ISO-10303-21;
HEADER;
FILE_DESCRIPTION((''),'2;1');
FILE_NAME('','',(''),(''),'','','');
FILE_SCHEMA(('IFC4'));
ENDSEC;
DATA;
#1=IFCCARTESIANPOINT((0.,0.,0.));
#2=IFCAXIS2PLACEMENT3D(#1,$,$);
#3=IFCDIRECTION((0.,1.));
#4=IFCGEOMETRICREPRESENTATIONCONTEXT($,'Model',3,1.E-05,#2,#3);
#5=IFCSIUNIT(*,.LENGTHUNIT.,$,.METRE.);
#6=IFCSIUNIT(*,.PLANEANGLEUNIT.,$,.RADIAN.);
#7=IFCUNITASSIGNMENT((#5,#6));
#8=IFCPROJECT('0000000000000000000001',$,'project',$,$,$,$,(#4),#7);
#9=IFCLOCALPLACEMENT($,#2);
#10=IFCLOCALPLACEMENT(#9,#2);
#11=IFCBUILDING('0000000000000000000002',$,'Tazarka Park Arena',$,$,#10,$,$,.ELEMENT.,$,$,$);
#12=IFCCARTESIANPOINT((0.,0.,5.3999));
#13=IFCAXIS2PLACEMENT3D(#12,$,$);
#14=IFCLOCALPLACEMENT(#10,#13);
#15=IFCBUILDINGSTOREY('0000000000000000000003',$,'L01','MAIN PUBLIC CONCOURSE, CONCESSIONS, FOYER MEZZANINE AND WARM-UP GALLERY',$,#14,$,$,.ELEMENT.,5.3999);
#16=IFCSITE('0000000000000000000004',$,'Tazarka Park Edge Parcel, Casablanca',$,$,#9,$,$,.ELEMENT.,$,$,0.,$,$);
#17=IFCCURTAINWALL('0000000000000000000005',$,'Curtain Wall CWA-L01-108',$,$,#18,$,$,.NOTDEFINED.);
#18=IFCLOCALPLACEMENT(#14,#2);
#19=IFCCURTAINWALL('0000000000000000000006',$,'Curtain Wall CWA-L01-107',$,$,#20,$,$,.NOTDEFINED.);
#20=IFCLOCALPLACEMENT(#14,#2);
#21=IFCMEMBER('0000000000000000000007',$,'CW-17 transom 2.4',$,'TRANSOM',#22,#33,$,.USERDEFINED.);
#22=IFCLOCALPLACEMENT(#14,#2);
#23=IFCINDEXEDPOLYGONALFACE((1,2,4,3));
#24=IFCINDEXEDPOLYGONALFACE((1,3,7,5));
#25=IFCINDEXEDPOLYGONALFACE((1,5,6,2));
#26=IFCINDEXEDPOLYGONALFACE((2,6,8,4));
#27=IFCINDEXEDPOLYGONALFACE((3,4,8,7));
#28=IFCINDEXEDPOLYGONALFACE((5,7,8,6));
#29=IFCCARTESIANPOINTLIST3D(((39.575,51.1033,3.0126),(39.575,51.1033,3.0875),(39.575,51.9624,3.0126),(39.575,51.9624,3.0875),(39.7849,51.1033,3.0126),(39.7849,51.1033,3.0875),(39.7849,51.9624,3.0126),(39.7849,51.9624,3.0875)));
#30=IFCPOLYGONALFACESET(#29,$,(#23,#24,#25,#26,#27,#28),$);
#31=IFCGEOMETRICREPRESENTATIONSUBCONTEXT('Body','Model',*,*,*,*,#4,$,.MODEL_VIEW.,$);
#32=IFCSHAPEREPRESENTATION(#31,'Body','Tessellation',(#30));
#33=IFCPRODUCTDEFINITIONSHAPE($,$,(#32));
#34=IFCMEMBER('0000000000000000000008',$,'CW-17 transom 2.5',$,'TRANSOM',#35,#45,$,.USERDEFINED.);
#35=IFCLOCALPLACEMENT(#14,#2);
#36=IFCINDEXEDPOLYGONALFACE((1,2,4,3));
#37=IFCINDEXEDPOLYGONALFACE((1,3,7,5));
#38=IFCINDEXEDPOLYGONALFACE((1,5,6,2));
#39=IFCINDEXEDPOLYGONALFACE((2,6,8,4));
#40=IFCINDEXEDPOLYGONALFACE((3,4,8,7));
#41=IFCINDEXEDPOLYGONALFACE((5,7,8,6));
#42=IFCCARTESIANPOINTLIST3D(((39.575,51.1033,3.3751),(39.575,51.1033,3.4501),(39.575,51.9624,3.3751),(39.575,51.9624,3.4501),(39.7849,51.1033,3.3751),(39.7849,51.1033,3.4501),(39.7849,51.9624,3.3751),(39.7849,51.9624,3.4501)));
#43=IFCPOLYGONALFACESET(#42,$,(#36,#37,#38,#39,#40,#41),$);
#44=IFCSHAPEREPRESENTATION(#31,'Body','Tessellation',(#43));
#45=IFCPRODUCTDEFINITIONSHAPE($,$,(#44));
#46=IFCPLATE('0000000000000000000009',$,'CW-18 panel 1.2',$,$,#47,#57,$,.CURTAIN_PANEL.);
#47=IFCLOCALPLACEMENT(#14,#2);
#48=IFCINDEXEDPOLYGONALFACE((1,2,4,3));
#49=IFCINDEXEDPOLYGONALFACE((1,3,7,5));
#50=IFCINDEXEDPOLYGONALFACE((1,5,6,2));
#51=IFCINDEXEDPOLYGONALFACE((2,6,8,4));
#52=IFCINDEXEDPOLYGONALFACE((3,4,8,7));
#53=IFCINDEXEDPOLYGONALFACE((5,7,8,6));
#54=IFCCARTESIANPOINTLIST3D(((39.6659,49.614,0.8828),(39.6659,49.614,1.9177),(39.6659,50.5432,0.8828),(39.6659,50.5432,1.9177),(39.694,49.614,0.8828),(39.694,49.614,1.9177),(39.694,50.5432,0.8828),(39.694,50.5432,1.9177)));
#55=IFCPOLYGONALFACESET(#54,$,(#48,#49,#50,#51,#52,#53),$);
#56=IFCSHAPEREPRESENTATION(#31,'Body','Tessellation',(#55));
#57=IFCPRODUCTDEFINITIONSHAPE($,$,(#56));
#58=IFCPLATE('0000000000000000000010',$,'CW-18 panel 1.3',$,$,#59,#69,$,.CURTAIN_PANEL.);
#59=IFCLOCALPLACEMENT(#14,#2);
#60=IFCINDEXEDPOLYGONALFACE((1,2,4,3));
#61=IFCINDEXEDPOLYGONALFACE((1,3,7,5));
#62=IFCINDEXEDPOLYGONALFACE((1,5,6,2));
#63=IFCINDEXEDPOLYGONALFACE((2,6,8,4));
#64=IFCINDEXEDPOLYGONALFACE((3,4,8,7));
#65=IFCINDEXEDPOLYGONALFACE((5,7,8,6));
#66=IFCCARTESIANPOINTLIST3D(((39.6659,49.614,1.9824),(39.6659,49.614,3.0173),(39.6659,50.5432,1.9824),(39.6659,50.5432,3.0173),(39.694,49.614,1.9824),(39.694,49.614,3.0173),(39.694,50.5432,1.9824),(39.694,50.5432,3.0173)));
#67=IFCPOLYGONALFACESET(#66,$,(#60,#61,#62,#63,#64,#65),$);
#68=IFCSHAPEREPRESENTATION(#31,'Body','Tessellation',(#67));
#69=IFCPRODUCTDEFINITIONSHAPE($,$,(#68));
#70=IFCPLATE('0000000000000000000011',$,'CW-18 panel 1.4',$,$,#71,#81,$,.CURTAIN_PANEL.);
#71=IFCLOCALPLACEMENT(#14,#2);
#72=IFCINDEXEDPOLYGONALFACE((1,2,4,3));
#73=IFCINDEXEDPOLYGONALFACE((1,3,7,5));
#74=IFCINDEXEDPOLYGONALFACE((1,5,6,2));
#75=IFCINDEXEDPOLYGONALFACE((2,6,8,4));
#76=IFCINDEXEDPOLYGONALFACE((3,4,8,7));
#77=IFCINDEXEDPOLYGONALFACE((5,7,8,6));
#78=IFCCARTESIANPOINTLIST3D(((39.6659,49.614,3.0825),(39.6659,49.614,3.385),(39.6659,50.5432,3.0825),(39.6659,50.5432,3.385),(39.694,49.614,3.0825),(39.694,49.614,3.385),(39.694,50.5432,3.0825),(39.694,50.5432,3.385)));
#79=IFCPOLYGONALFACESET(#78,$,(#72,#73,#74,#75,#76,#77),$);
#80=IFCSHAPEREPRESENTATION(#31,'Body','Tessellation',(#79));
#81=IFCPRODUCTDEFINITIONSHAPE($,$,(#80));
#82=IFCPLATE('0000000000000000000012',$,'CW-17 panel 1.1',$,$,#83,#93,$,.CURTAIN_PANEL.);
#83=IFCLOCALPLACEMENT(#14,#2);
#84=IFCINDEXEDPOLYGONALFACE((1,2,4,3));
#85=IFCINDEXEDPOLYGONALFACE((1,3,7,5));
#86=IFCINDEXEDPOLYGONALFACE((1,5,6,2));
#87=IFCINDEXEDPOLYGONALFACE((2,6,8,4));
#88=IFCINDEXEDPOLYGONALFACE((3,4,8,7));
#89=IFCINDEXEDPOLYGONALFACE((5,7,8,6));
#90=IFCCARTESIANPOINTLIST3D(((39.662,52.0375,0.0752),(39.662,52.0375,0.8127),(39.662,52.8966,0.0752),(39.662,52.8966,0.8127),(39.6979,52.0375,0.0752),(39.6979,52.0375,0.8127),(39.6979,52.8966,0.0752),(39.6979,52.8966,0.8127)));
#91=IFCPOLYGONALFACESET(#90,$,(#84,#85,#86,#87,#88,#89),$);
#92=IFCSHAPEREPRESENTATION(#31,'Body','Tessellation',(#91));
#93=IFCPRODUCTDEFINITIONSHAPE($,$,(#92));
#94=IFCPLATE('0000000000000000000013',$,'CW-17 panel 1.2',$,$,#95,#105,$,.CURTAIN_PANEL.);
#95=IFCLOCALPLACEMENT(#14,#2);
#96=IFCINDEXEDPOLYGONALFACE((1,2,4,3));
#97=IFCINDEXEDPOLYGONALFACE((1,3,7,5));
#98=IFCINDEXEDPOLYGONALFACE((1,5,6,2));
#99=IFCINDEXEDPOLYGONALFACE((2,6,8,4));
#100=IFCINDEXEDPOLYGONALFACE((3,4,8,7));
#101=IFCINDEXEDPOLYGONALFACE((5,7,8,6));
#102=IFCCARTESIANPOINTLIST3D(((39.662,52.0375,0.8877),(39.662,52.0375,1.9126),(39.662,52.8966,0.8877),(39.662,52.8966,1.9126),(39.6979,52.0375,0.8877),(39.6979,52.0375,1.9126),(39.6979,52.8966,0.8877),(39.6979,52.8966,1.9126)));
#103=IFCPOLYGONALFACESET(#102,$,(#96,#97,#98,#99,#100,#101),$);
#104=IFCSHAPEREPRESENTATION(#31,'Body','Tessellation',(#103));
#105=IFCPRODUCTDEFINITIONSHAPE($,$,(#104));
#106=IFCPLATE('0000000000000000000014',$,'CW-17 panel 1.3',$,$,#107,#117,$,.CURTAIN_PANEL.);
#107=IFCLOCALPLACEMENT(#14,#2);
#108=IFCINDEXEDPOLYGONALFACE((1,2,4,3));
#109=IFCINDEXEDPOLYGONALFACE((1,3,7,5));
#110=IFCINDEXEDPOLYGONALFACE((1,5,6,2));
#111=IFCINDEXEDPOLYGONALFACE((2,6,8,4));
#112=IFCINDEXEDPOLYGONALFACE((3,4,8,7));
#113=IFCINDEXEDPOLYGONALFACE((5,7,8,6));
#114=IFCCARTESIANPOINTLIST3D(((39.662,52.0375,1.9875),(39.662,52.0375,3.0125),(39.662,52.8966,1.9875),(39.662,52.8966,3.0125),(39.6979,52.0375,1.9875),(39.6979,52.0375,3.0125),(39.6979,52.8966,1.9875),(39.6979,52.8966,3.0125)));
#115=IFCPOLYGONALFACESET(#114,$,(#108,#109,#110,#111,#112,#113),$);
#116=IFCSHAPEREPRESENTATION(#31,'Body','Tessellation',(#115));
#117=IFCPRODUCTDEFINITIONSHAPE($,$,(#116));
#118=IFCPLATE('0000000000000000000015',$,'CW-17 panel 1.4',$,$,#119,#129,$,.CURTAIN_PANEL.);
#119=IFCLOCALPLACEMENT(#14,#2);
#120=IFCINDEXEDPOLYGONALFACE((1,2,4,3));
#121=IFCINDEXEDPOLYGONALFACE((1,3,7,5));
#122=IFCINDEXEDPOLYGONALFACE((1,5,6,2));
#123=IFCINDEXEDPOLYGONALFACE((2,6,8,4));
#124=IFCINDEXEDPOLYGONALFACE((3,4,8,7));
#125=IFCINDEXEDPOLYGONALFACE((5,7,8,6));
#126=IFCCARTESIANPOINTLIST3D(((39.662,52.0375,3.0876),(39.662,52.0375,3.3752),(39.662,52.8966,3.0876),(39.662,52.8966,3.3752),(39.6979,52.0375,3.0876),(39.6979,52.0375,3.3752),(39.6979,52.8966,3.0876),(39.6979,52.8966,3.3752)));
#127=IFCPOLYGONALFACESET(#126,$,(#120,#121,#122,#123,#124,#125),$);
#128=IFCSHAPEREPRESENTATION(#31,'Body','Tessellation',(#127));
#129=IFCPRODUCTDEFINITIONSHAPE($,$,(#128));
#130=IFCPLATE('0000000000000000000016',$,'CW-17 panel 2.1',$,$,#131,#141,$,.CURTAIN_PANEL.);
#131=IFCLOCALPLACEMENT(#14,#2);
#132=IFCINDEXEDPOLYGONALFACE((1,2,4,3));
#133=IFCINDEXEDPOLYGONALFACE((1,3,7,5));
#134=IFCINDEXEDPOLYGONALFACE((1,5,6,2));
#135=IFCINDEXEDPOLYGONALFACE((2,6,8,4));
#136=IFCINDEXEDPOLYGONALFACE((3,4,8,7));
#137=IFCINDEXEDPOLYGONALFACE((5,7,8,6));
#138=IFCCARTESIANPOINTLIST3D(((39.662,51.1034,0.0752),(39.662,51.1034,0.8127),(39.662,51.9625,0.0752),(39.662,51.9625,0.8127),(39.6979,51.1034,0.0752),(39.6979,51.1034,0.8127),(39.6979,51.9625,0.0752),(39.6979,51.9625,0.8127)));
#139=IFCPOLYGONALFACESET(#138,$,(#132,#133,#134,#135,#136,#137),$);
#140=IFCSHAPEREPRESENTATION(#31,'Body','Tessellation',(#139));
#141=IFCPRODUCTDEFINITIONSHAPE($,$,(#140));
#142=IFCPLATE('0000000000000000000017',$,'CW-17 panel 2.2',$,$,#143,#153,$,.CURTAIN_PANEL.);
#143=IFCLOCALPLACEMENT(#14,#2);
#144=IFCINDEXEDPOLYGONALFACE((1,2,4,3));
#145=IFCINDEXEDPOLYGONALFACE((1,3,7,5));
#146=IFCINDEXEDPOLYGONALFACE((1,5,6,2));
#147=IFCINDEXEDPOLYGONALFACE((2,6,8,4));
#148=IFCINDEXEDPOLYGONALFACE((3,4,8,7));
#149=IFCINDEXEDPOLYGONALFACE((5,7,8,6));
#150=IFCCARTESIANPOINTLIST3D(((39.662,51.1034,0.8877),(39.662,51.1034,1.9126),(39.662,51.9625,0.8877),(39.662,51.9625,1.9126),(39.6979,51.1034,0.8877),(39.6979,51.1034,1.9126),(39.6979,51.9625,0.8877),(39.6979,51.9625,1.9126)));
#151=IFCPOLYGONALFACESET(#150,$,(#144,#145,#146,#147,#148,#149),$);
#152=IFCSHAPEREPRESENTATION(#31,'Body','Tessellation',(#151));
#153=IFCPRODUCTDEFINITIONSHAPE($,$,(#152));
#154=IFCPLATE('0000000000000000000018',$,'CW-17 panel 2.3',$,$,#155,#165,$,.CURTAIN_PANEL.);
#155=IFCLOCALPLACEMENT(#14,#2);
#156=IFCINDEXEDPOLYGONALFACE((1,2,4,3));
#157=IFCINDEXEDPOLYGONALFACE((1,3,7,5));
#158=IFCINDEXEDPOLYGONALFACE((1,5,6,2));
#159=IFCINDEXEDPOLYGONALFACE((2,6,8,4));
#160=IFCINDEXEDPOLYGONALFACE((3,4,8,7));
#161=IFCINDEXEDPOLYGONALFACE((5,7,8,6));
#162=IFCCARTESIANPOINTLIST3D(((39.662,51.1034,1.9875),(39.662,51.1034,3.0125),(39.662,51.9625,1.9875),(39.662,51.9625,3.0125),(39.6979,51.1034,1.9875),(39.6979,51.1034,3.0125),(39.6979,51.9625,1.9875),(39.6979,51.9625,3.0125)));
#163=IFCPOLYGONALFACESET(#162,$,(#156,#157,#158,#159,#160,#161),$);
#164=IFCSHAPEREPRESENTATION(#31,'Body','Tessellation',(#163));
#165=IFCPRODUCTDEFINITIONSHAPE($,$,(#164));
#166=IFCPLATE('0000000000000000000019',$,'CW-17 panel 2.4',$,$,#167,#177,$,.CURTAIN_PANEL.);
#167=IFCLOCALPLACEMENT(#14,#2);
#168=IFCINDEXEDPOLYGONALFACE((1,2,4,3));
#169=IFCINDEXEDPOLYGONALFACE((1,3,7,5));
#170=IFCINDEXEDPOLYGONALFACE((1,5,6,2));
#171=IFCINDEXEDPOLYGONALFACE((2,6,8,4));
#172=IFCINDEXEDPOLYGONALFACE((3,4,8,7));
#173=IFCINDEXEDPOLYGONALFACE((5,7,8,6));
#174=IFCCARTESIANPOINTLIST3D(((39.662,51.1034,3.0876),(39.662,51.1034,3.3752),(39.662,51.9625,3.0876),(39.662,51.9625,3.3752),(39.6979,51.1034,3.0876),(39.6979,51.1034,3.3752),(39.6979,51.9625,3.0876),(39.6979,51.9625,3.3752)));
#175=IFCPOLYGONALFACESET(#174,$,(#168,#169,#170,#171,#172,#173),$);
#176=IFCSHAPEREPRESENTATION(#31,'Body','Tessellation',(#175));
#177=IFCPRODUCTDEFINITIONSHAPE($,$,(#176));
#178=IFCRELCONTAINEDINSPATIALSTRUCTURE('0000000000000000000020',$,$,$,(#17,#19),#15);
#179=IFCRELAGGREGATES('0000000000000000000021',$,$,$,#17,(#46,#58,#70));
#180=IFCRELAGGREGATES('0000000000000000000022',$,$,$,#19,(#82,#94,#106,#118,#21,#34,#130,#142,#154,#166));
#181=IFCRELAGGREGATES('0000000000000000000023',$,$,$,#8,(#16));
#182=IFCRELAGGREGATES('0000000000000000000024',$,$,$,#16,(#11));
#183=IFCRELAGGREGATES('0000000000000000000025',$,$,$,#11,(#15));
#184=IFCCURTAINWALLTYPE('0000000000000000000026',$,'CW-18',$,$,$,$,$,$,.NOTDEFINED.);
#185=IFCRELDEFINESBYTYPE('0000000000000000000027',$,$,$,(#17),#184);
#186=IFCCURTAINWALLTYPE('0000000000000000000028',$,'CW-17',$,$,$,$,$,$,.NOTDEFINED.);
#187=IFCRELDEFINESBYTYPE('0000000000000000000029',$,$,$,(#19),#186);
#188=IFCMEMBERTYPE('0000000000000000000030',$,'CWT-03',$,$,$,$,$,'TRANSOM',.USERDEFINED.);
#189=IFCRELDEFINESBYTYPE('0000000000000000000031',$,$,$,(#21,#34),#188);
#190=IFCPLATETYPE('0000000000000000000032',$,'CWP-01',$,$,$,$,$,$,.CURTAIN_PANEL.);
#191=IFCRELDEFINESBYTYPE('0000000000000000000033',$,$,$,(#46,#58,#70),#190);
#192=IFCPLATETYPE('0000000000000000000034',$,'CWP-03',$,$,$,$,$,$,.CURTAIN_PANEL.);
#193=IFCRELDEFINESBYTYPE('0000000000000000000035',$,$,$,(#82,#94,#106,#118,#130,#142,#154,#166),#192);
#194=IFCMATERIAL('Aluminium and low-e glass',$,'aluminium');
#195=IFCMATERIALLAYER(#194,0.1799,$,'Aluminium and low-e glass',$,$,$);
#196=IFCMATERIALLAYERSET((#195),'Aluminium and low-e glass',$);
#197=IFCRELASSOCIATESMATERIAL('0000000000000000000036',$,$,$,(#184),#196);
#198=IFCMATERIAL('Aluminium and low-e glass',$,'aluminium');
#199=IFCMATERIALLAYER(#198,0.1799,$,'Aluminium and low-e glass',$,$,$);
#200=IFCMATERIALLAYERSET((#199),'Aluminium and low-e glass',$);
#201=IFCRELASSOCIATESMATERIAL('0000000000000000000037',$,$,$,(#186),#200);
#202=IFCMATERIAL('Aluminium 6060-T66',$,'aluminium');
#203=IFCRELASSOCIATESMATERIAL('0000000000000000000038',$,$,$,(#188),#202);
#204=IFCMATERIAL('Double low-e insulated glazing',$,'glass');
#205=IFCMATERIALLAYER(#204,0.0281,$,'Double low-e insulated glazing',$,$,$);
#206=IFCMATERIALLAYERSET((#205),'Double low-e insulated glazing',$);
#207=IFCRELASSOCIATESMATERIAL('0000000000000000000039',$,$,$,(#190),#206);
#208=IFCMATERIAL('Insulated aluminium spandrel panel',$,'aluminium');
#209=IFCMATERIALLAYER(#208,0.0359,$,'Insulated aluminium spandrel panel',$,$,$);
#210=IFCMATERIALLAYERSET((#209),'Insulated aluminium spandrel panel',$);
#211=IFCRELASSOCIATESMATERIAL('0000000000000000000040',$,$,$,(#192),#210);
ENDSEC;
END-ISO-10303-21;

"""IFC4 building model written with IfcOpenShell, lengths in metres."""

from ifc_helpers import new_model, si_unit, direction, frame, origin, origin_2d, place, context, subcontext, project, spatial, rectangle, extrude, material, layer, layer_set, material_profile, profile_set, type_object, element, aggregate, save


model = new_model("IFC4")

# Units and contexts
model_context = context("Model", 3, precision=1e-05, world=origin(), true_north=direction((0.0, 1.0)))
body_context = subcontext(model_context, "Body", "Model", "MODEL_VIEW")
ifc_project = project(units=[si_unit("LENGTHUNIT", "METRE"), si_unit("PLANEANGLEUNIT", "RADIAN")], contexts=[model_context])

# Site, building, storey
site_placement = place(None, origin())
site = spatial("IfcSite", under=ifc_project, at=site_placement, Name="Tazarka Park Edge Parcel, Casablanca", CompositionType="ELEMENT", RefElevation=0.0)
building_placement = place(site_placement, origin())
building = spatial("IfcBuilding", under=site, at=building_placement, Name="Tazarka Park Arena", CompositionType="ELEMENT")
storey_placement = place(building_placement, frame((0.0, 0.0, 5.3999)))
storey = spatial("IfcBuildingStorey", under=building, at=storey_placement, Name="L01", Description="MAIN PUBLIC CONCOURSE, CONCESSIONS, FOYER MEZZANINE AND WARM-UP GALLERY", CompositionType="ELEMENT", Elevation=5.3999)

# Curtain wall
ifc_material_1 = material(Name="Aluminium and low-e glass", Category="aluminium")
ifc_layer_1 = layer(ifc_material_1, 0.1799, Name="Aluminium and low-e glass")
ifc_layer_set_1 = layer_set([ifc_layer_1], Name="Aluminium and low-e glass")
curtain_wall_type_1 = type_object("IfcCurtainWallType", Name="CW-18", PredefinedType="NOTDEFINED", material=ifc_layer_set_1)
curtain_wall_1_placement = place(storey_placement, origin())
curtain_wall_1 = element("IfcCurtainWall", 1, at=curtain_wall_1_placement, inside=storey, type_object=curtain_wall_type_1, Name="Curtain Wall CWA-L01-108", PredefinedType="NOTDEFINED")

# Curtain wall
ifc_material_2 = material(Name="Aluminium and low-e glass", Category="aluminium")
ifc_layer_2 = layer(ifc_material_2, 0.1799, Name="Aluminium and low-e glass")
ifc_layer_set_2 = layer_set([ifc_layer_2], Name="Aluminium and low-e glass")
curtain_wall_type_2 = type_object("IfcCurtainWallType", Name="CW-17", PredefinedType="NOTDEFINED", material=ifc_layer_set_2)
curtain_wall_2_placement = place(storey_placement, origin())
curtain_wall_2 = element("IfcCurtainWall", 2, at=curtain_wall_2_placement, inside=storey, type_object=curtain_wall_type_2, Name="Curtain Wall CWA-L01-107", PredefinedType="NOTDEFINED")

# Members
ifc_material_3 = material(Name="Aluminium 6060-T66", Category="aluminium")
ifc_material_profile_1 = material_profile(ifc_material_3, rectangle(XDim=0.21, YDim=0.075, at=origin_2d()), Name="Aluminium 6060-T66")
ifc_profile_set_1 = profile_set([ifc_material_profile_1], Name="Aluminium 6060-T66")
member_type_1 = type_object("IfcMemberType", Name="CWT-03", ElementType="TRANSOM", PredefinedType="USERDEFINED", material=ifc_profile_set_1)
member_1_placement = place(storey_placement, frame((39.6799, 51.9624, 3.05), z_axis=(0.0, -1.0, 0.0), x_axis=(1.0, 0.0, 0.0)))
member_1 = element("IfcMember", 3, at=member_1_placement, type_object=member_type_1, Name="CW-17 transom 2.4", ObjectType="TRANSOM", PredefinedType="USERDEFINED", context=body_context, shape_type="SweptSolid", body=[
    extrude(rectangle(XDim=0.21, YDim=0.075, at=origin_2d()), origin(), (0.0, 0.0, 1.0), 0.8591),
])
member_2_placement = place(storey_placement, frame((39.6799, 51.9624, 3.4126), z_axis=(0.0, -1.0, 0.0), x_axis=(1.0, 0.0, 0.0)))
member_2 = element("IfcMember", 4, at=member_2_placement, type_object=member_type_1, Name="CW-17 transom 2.5", ObjectType="TRANSOM", PredefinedType="USERDEFINED", context=body_context, shape_type="SweptSolid", body=[
    extrude(rectangle(XDim=0.21, YDim=0.075, at=origin_2d()), origin(), (0.0, 0.0, 1.0), 0.8591),
])

# Plates
ifc_material_4 = material(Name="Double low-e insulated glazing", Category="glass")
ifc_layer_3 = layer(ifc_material_4, 0.0281, Name="Double low-e insulated glazing")
ifc_layer_set_3 = layer_set([ifc_layer_3], Name="Double low-e insulated glazing")
plate_type_1 = type_object("IfcPlateType", Name="CWP-01", PredefinedType="CURTAIN_PANEL", material=ifc_layer_set_3)
plate_1_placement = place(storey_placement, frame((39.6799, 50.0786, 0.8828), z_axis=(0.0, 0.0, 1.0), x_axis=(0.0, -1.0, 0.0)))
plate_1 = element("IfcPlate", 5, at=plate_1_placement, type_object=plate_type_1, Name="CW-18 panel 1.2", PredefinedType="CURTAIN_PANEL", context=body_context, shape_type="SweptSolid", body=[
    extrude(rectangle(XDim=0.9292, YDim=0.0281, at=origin_2d()), origin(), (0.0, 0.0, 1.0), 1.0349),
])
plate_2_placement = place(storey_placement, frame((39.6799, 50.0786, 1.9824), z_axis=(0.0, 0.0, 1.0), x_axis=(0.0, -1.0, 0.0)))
plate_2 = element("IfcPlate", 6, at=plate_2_placement, type_object=plate_type_1, Name="CW-18 panel 1.3", PredefinedType="CURTAIN_PANEL", context=body_context, shape_type="SweptSolid", body=[
    extrude(rectangle(XDim=0.9292, YDim=0.0281, at=origin_2d()), origin(), (0.0, 0.0, 1.0), 1.0349),
])
plate_3_placement = place(storey_placement, frame((39.6799, 50.0786, 3.0825), z_axis=(0.0, 0.0, 1.0), x_axis=(0.0, -1.0, 0.0)))
plate_3 = element("IfcPlate", 7, at=plate_3_placement, type_object=plate_type_1, Name="CW-18 panel 1.4", PredefinedType="CURTAIN_PANEL", context=body_context, shape_type="SweptSolid", body=[
    extrude(rectangle(XDim=0.9292, YDim=0.0281, at=origin_2d()), origin(), (0.0, 0.0, 1.0), 0.3025),
])
aggregate(curtain_wall_1, [plate_1, plate_2, plate_3])
ifc_material_5 = material(Name="Insulated aluminium spandrel panel", Category="aluminium")
ifc_layer_4 = layer(ifc_material_5, 0.0359, Name="Insulated aluminium spandrel panel")
ifc_layer_set_4 = layer_set([ifc_layer_4], Name="Insulated aluminium spandrel panel")
plate_type_2 = type_object("IfcPlateType", Name="CWP-03", PredefinedType="CURTAIN_PANEL", material=ifc_layer_set_4)
plate_4_placement = place(storey_placement, frame((39.6799, 52.467, 0.0752), z_axis=(0.0, 0.0, 1.0), x_axis=(0.0, -1.0, 0.0)))
plate_4 = element("IfcPlate", 8, at=plate_4_placement, type_object=plate_type_2, Name="CW-17 panel 1.1", PredefinedType="CURTAIN_PANEL", context=body_context, shape_type="SweptSolid", body=[
    extrude(rectangle(XDim=0.8591, YDim=0.0359, at=origin_2d()), origin(), (0.0, 0.0, 1.0), 0.7375),
])
plate_5_placement = place(storey_placement, frame((39.6799, 52.467, 0.8877), z_axis=(0.0, 0.0, 1.0), x_axis=(0.0, -1.0, 0.0)))
plate_5 = element("IfcPlate", 9, at=plate_5_placement, type_object=plate_type_2, Name="CW-17 panel 1.2", PredefinedType="CURTAIN_PANEL", context=body_context, shape_type="SweptSolid", body=[
    extrude(rectangle(XDim=0.8591, YDim=0.0359, at=origin_2d()), origin(), (0.0, 0.0, 1.0), 1.0249),
])
plate_6_placement = place(storey_placement, frame((39.6799, 52.467, 1.9875), z_axis=(0.0, 0.0, 1.0), x_axis=(0.0, -1.0, 0.0)))
plate_6 = element("IfcPlate", 10, at=plate_6_placement, type_object=plate_type_2, Name="CW-17 panel 1.3", PredefinedType="CURTAIN_PANEL", context=body_context, shape_type="SweptSolid", body=[
    extrude(rectangle(XDim=0.8591, YDim=0.0359, at=origin_2d()), origin(), (0.0, 0.0, 1.0), 1.0249),
])
plate_7_placement = place(storey_placement, frame((39.6799, 52.467, 3.0876), z_axis=(0.0, 0.0, 1.0), x_axis=(0.0, -1.0, 0.0)))
plate_7 = element("IfcPlate", 11, at=plate_7_placement, type_object=plate_type_2, Name="CW-17 panel 1.4", PredefinedType="CURTAIN_PANEL", context=body_context, shape_type="SweptSolid", body=[
    extrude(rectangle(XDim=0.8591, YDim=0.0359, at=origin_2d()), origin(), (0.0, 0.0, 1.0), 0.2876),
])
plate_8_placement = place(storey_placement, frame((39.6799, 51.533, 0.0752), z_axis=(0.0, 0.0, 1.0), x_axis=(0.0, -1.0, 0.0)))
plate_8 = element("IfcPlate", 12, at=plate_8_placement, type_object=plate_type_2, Name="CW-17 panel 2.1", PredefinedType="CURTAIN_PANEL", context=body_context, shape_type="SweptSolid", body=[
    extrude(rectangle(XDim=0.8591, YDim=0.0359, at=origin_2d()), origin(), (0.0, 0.0, 1.0), 0.7375),
])
plate_9_placement = place(storey_placement, frame((39.6799, 51.533, 0.8877), z_axis=(0.0, 0.0, 1.0), x_axis=(0.0, -1.0, 0.0)))
plate_9 = element("IfcPlate", 13, at=plate_9_placement, type_object=plate_type_2, Name="CW-17 panel 2.2", PredefinedType="CURTAIN_PANEL", context=body_context, shape_type="SweptSolid", body=[
    extrude(rectangle(XDim=0.8591, YDim=0.0359, at=origin_2d()), origin(), (0.0, 0.0, 1.0), 1.0249),
])
plate_10_placement = place(storey_placement, frame((39.6799, 51.533, 1.9875), z_axis=(0.0, 0.0, 1.0), x_axis=(0.0, -1.0, 0.0)))
plate_10 = element("IfcPlate", 14, at=plate_10_placement, type_object=plate_type_2, Name="CW-17 panel 2.3", PredefinedType="CURTAIN_PANEL", context=body_context, shape_type="SweptSolid", body=[
    extrude(rectangle(XDim=0.8591, YDim=0.0359, at=origin_2d()), origin(), (0.0, 0.0, 1.0), 1.0249),
])
plate_11_placement = place(storey_placement, frame((39.6799, 51.533, 3.0876), z_axis=(0.0, 0.0, 1.0), x_axis=(0.0, -1.0, 0.0)))
plate_11 = element("IfcPlate", 15, at=plate_11_placement, type_object=plate_type_2, Name="CW-17 panel 2.4", PredefinedType="CURTAIN_PANEL", context=body_context, shape_type="SweptSolid", body=[
    extrude(rectangle(XDim=0.8591, YDim=0.0359, at=origin_2d()), origin(), (0.0, 0.0, 1.0), 0.2876),
])
aggregate(curtain_wall_2, [plate_4, plate_5, plate_6, plate_7, member_1, member_2, plate_8, plate_9, plate_10, plate_11])

save(model, "model.ifc")
